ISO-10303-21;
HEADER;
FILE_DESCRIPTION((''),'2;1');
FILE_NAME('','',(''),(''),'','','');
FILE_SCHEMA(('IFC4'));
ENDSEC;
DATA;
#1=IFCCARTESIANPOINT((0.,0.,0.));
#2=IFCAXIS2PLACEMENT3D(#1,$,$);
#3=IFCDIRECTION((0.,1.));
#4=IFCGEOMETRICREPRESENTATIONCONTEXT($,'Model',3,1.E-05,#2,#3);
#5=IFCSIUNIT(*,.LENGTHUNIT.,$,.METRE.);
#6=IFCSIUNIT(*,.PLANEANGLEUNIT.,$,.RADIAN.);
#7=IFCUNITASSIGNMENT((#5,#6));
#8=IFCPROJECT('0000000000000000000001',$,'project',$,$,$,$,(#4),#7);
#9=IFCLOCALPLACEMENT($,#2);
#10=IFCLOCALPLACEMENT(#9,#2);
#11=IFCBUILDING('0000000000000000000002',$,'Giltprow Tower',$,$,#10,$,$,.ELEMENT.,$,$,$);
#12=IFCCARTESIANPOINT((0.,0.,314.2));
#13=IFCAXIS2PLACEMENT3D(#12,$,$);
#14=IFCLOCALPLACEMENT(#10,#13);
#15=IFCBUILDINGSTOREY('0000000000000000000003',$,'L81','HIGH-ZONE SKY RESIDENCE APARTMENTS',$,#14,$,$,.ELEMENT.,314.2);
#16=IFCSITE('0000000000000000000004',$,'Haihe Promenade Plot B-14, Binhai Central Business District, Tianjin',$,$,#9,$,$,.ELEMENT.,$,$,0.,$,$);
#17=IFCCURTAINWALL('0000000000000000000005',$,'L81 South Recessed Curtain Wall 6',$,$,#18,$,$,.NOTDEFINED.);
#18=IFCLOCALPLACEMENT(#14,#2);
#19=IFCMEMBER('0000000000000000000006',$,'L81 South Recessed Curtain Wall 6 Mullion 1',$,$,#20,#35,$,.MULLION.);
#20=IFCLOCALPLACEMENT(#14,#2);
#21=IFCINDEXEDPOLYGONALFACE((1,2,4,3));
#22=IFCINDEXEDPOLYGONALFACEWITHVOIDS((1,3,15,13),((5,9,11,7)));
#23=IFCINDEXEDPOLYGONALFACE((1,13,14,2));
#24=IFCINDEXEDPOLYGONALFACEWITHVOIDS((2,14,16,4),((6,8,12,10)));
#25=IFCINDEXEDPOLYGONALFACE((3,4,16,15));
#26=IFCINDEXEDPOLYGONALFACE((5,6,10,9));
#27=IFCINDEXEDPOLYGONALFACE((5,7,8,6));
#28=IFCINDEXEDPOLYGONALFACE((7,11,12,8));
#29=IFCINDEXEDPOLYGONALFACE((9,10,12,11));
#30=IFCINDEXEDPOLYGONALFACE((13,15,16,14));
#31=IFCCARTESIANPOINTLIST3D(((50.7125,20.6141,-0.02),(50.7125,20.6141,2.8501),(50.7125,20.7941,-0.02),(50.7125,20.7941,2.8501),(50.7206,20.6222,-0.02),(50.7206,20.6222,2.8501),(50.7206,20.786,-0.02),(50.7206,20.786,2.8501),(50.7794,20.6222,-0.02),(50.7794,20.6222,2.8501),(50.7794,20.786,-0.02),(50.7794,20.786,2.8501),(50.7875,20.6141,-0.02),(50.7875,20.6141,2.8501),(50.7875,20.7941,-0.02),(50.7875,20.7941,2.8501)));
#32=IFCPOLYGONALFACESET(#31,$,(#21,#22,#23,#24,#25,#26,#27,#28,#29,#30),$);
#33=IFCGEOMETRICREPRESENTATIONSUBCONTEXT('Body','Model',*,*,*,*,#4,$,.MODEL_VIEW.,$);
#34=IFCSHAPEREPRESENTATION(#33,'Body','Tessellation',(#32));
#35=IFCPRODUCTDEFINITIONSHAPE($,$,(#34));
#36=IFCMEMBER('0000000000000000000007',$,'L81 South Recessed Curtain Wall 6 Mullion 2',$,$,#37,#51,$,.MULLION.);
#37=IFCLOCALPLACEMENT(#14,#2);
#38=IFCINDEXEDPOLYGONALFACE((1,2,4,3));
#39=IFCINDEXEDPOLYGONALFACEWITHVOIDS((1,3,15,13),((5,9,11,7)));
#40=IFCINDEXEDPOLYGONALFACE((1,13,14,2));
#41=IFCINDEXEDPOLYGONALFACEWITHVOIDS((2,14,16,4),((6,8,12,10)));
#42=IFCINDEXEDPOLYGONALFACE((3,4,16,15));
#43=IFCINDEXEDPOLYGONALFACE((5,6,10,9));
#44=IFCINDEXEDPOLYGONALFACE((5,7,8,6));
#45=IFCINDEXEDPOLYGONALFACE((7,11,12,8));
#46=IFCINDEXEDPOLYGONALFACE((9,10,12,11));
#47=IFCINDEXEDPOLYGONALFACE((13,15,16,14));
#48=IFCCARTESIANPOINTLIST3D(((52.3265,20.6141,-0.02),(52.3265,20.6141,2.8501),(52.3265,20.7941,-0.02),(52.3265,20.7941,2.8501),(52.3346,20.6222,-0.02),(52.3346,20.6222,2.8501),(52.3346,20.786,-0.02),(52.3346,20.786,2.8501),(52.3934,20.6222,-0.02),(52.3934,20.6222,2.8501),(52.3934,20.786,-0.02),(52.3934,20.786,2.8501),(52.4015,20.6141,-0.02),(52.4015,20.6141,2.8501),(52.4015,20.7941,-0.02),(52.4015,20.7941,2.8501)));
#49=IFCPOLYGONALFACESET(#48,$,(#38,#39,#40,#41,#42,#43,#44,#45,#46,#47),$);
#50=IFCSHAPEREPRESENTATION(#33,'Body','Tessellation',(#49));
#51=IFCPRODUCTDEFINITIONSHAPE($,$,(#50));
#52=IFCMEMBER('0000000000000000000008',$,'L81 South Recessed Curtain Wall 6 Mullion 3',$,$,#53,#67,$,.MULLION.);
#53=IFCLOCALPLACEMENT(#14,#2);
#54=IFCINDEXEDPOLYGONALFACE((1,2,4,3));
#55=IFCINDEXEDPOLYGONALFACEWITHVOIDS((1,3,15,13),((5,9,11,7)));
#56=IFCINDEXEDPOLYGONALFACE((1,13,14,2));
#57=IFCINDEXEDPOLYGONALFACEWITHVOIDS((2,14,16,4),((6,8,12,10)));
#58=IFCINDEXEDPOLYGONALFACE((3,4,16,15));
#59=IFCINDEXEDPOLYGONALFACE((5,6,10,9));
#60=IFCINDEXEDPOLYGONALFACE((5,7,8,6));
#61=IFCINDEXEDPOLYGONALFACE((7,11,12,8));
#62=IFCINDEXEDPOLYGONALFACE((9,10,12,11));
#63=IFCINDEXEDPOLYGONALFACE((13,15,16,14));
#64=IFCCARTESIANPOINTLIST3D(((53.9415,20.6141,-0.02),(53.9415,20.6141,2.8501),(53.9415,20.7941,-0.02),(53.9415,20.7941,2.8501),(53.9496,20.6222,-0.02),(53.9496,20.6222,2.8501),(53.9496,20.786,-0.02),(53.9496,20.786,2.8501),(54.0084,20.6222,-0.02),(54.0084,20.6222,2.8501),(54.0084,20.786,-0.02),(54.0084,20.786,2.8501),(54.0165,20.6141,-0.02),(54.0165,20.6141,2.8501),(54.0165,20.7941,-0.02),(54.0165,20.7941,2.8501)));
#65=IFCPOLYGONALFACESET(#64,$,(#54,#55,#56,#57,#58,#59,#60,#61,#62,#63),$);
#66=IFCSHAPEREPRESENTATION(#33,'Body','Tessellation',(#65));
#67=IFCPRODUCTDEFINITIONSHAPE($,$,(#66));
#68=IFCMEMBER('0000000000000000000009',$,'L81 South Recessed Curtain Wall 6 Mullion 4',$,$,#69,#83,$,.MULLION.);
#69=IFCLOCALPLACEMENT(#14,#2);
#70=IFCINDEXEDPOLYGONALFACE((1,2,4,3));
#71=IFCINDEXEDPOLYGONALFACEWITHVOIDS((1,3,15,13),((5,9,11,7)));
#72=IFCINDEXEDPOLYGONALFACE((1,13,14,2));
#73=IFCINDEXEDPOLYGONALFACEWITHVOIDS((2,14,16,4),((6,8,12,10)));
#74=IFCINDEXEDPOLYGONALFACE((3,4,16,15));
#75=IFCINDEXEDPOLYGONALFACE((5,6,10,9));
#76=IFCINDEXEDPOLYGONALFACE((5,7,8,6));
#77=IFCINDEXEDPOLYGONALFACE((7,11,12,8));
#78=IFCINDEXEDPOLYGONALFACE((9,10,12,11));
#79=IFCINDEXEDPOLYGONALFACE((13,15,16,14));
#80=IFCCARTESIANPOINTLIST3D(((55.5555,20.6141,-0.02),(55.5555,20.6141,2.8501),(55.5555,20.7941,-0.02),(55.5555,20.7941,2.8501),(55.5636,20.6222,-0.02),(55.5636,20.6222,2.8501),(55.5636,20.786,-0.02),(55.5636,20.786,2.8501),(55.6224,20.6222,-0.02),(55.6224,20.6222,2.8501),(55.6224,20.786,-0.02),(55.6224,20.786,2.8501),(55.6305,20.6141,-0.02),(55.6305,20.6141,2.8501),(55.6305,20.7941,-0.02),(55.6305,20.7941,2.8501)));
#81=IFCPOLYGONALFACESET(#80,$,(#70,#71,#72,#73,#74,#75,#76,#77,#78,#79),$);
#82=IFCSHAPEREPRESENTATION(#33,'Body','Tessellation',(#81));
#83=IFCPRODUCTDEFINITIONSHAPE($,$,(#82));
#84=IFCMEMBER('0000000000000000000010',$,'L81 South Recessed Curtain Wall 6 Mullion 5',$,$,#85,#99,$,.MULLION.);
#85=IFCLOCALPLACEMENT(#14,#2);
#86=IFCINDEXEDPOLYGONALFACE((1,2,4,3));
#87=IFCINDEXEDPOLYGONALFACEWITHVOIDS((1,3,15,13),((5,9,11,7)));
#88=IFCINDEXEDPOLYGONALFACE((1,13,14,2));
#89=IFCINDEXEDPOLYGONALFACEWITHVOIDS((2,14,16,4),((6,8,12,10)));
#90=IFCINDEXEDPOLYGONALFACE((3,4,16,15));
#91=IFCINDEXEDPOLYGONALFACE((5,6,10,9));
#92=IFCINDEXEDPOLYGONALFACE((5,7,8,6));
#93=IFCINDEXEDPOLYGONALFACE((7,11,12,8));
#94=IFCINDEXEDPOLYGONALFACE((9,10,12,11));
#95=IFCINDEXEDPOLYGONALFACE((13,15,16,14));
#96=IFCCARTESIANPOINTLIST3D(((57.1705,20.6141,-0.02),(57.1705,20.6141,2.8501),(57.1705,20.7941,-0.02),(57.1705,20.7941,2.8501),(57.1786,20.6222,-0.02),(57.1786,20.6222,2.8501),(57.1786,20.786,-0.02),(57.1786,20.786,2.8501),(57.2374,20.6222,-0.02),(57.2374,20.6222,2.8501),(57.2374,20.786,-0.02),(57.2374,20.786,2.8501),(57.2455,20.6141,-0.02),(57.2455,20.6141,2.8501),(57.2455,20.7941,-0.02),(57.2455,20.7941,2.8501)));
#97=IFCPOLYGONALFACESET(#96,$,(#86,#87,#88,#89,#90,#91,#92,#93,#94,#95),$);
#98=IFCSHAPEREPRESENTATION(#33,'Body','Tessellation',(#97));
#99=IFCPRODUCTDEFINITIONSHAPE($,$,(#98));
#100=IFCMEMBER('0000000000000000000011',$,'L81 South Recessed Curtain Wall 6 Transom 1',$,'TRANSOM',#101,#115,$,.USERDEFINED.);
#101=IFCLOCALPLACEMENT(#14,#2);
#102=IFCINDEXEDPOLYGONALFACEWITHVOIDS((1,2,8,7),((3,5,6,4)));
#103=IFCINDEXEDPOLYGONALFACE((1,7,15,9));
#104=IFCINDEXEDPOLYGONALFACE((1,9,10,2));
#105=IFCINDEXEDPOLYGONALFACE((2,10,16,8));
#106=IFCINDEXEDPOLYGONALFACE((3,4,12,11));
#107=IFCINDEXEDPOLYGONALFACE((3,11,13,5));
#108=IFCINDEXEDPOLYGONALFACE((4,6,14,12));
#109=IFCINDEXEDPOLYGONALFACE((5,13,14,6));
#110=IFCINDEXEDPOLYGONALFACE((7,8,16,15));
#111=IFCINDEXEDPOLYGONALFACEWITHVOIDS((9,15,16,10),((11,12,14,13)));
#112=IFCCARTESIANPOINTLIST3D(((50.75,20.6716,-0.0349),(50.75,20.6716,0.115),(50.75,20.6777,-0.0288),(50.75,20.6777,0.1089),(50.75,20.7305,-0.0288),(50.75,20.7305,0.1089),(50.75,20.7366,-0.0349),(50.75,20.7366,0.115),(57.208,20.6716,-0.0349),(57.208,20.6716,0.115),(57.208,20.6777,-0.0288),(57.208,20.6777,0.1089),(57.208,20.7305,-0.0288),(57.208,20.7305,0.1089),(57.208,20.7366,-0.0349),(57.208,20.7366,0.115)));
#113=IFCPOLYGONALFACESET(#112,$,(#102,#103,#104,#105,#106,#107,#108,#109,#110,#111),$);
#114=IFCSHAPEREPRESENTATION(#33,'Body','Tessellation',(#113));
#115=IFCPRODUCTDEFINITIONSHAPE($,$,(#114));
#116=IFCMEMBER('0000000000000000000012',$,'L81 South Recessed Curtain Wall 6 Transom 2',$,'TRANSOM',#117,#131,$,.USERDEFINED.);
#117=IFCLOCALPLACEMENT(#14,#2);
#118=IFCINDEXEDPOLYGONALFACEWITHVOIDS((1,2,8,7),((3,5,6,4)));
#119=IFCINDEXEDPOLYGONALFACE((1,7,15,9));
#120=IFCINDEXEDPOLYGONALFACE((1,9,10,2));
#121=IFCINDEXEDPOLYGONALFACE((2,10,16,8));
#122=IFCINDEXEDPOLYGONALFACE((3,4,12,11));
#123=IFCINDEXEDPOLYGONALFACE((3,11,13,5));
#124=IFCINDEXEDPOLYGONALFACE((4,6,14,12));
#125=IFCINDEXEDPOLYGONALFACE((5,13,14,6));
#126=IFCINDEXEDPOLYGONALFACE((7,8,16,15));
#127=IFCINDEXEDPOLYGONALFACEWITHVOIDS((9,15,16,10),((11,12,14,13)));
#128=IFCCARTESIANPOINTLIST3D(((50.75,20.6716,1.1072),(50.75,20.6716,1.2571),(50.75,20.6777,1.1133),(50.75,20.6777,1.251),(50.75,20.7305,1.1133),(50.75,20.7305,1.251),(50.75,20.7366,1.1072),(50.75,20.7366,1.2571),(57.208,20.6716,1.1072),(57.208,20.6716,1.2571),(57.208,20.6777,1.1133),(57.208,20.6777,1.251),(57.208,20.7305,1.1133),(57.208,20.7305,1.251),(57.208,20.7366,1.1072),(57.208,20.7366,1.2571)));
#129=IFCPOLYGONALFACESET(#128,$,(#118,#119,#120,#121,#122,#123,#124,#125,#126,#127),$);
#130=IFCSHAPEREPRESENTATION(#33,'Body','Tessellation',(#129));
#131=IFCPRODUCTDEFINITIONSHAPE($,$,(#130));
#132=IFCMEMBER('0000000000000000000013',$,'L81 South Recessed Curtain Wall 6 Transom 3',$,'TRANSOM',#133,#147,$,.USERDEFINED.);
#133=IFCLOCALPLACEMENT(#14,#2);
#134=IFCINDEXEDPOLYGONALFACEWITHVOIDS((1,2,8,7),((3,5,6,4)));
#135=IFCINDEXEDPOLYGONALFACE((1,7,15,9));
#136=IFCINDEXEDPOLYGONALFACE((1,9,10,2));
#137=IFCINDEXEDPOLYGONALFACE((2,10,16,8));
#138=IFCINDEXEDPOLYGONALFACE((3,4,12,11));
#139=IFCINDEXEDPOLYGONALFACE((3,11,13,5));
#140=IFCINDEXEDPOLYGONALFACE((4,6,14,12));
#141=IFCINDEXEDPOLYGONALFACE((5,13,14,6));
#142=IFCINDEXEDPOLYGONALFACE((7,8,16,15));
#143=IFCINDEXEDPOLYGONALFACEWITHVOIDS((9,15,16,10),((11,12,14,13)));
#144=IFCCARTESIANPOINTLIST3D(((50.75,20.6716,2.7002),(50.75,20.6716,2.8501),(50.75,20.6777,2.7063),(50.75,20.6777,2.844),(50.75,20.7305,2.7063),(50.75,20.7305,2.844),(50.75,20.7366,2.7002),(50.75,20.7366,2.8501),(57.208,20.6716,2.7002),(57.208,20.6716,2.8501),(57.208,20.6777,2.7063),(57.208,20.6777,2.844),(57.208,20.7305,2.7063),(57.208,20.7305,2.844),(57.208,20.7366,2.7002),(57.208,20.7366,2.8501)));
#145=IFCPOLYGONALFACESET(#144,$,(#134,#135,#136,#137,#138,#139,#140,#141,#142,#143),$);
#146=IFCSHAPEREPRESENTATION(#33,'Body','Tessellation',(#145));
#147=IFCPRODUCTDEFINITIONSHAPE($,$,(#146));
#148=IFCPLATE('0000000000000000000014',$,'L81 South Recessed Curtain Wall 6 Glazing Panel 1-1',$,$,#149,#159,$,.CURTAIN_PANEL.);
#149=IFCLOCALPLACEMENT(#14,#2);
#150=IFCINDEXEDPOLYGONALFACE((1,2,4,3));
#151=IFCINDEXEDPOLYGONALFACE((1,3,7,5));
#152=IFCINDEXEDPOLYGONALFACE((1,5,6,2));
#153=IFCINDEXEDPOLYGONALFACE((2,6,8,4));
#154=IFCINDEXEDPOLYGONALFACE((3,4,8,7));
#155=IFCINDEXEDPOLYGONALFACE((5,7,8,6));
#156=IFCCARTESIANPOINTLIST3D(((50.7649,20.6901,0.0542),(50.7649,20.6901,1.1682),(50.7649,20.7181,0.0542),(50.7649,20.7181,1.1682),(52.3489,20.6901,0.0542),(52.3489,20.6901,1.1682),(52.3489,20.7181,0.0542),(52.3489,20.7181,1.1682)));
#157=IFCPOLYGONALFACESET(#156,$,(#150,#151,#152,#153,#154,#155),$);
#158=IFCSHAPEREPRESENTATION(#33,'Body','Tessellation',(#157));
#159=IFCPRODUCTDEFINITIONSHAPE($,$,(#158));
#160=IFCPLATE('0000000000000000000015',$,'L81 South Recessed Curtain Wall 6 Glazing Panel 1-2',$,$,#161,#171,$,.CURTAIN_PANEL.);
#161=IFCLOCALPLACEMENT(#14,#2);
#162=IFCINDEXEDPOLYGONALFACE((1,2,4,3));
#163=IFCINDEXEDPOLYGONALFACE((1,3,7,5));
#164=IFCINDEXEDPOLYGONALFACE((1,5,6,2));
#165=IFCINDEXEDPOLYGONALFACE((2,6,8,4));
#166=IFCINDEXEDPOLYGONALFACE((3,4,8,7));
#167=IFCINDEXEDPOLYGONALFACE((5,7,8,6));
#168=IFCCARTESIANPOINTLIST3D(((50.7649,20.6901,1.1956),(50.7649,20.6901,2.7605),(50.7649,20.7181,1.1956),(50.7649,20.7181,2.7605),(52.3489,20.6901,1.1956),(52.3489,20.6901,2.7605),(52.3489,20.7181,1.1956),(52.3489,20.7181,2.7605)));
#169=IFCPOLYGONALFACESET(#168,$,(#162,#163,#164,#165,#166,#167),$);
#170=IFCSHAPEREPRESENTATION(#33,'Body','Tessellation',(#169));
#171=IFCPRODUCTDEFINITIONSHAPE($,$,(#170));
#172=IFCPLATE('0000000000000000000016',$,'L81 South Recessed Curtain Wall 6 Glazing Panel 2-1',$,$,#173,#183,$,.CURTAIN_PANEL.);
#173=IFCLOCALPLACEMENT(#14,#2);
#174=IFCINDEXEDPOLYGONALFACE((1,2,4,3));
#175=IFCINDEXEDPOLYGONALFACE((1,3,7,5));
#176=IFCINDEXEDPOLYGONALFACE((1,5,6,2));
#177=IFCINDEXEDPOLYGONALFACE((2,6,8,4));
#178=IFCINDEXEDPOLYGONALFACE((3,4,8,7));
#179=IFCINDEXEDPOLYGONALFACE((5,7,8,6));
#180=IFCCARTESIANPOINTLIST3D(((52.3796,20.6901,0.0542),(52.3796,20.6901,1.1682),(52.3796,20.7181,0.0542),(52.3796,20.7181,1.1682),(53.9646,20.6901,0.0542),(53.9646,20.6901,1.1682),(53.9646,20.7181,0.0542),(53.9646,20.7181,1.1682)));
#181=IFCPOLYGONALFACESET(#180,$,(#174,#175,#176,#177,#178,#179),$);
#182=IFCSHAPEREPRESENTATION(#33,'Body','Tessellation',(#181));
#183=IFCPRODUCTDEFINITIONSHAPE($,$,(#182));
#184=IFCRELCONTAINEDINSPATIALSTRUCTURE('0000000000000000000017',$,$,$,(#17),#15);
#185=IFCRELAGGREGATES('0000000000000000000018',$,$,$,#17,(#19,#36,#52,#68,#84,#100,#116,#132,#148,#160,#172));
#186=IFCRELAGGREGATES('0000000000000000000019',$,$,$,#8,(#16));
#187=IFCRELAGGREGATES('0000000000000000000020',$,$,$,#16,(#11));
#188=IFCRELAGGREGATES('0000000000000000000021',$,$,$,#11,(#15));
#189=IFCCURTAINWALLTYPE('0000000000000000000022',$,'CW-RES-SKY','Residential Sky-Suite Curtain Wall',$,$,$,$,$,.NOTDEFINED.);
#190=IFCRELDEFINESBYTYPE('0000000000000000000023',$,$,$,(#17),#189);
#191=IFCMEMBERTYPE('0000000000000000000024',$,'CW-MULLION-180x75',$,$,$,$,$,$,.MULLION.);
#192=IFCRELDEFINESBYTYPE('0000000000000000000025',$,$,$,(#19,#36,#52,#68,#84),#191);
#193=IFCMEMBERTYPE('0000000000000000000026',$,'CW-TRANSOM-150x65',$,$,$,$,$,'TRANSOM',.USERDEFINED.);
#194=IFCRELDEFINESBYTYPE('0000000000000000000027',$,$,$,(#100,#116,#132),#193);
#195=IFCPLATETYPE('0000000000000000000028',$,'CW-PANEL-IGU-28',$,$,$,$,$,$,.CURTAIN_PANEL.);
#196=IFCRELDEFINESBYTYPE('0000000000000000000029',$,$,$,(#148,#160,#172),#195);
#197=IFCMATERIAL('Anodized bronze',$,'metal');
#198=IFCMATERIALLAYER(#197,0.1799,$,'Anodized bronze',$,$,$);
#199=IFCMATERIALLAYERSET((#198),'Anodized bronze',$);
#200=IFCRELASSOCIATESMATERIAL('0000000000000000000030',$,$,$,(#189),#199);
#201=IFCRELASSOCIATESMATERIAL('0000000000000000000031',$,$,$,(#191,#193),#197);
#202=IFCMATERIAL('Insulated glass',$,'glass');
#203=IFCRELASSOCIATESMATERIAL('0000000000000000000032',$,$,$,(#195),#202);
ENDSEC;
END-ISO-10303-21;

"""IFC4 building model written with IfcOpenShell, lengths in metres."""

from ifc_helpers import new_model, si_unit, direction, frame, origin, origin_2d, place, context, subcontext, project, spatial, rectangle, hollow_rectangle, extrude, source, transform, mapped, material, layer, layer_set, material_profile, profile_set, type_object, element, aggregate, save


model = new_model("IFC4")

# Units and contexts
model_context = context("Model", 3, precision=1e-05, world=origin(), true_north=direction((0.0, 1.0)))
body_context = subcontext(model_context, "Body", "Model", "MODEL_VIEW")
ifc_project = project(units=[si_unit("LENGTHUNIT", "METRE"), si_unit("PLANEANGLEUNIT", "RADIAN")], contexts=[model_context])

# Site, building, storey
site_placement = place(None, origin())
site = spatial("IfcSite", under=ifc_project, at=site_placement, Name="Haihe Promenade Plot B-14, Binhai Central Business District, Tianjin", CompositionType="ELEMENT", RefElevation=0.0)
building_placement = place(site_placement, origin())
building = spatial("IfcBuilding", under=site, at=building_placement, Name="Giltprow Tower", CompositionType="ELEMENT")
storey_placement = place(building_placement, frame((0.0, 0.0, 314.2)))
storey = spatial("IfcBuildingStorey", under=building, at=storey_placement, Name="L81", Description="HIGH-ZONE SKY RESIDENCE APARTMENTS", CompositionType="ELEMENT", Elevation=314.2)

# Curtain wall, members, plates
ifc_material_1 = material(Name="Anodized bronze", Category="metal")
ifc_layer_1 = layer(ifc_material_1, 0.1799, Name="Anodized bronze")
ifc_layer_set_1 = layer_set([ifc_layer_1], Name="Anodized bronze")
curtain_wall_type = type_object("IfcCurtainWallType", Name="CW-RES-SKY", Description="Residential Sky-Suite Curtain Wall", PredefinedType="NOTDEFINED", material=ifc_layer_set_1)
curtain_wall_placement = place(storey_placement, origin())
curtain_wall = element("IfcCurtainWall", 1, at=curtain_wall_placement, inside=storey, type_object=curtain_wall_type, Name="L81 South Recessed Curtain Wall 6", PredefinedType="NOTDEFINED")
ifc_material_profile_1 = material_profile(ifc_material_1, hollow_rectangle(XDim=0.075, YDim=0.1799, WallThickness=0.0081, at=origin_2d()), Name="RHS 180x75x8")
ifc_profile_set_1 = profile_set([ifc_material_profile_1], Name="Anodized bronze")
member_type_1 = type_object("IfcMemberType", Name="CW-MULLION-180x75", PredefinedType="MULLION", material=ifc_profile_set_1)
shared_shape_1 = source(origin(), body_context, "Body", "SweptSolid", [
    extrude(hollow_rectangle(XDim=0.075, YDim=0.1799, WallThickness=0.0081, at=origin_2d()), origin(), (0.0, 0.0, 1.0), 2.8701),
])
member_1_placement = place(storey_placement, frame((50.75, 20.7041, -0.02), z_axis=(0.0, 0.0, 1.0), x_axis=(1.0, 0.0, 0.0)))
member_1 = element("IfcMember", 2, at=member_1_placement, type_object=member_type_1, Name="L81 South Recessed Curtain Wall 6 Mullion 1", PredefinedType="MULLION", context=body_context, shape_type="MappedRepresentation", body=[
    mapped(shared_shape_1, transform((0.0, 0.0, 0.0), x_axis=(1.0, 0.0, 0.0), y_axis=(0.0, 1.0, 0.0), z_axis=(0.0, 0.0, 1.0), scale=1.0)),
])
member_2_placement = place(storey_placement, frame((52.364, 20.7041, -0.02), z_axis=(0.0, 0.0, 1.0), x_axis=(1.0, 0.0, 0.0)))
member_2 = element("IfcMember", 3, at=member_2_placement, type_object=member_type_1, Name="L81 South Recessed Curtain Wall 6 Mullion 2", PredefinedType="MULLION", context=body_context, shape_type="MappedRepresentation", body=[
    mapped(shared_shape_1, transform((0.0, 0.0, 0.0), x_axis=(1.0, 0.0, 0.0), y_axis=(0.0, 1.0, 0.0), z_axis=(0.0, 0.0, 1.0), scale=1.0)),
])
member_3_placement = place(storey_placement, frame((53.979, 20.7041, -0.02), z_axis=(0.0, 0.0, 1.0), x_axis=(1.0, 0.0, 0.0)))
member_3 = element("IfcMember", 4, at=member_3_placement, type_object=member_type_1, Name="L81 South Recessed Curtain Wall 6 Mullion 3", PredefinedType="MULLION", context=body_context, shape_type="MappedRepresentation", body=[
    mapped(shared_shape_1, transform((0.0, 0.0, 0.0), x_axis=(1.0, 0.0, 0.0), y_axis=(0.0, 1.0, 0.0), z_axis=(0.0, 0.0, 1.0), scale=1.0)),
])
member_4_placement = place(storey_placement, frame((55.593, 20.7041, -0.02), z_axis=(0.0, 0.0, 1.0), x_axis=(1.0, 0.0, 0.0)))
member_4 = element("IfcMember", 5, at=member_4_placement, type_object=member_type_1, Name="L81 South Recessed Curtain Wall 6 Mullion 4", PredefinedType="MULLION", context=body_context, shape_type="MappedRepresentation", body=[
    mapped(shared_shape_1, transform((0.0, 0.0, 0.0), x_axis=(1.0, 0.0, 0.0), y_axis=(0.0, 1.0, 0.0), z_axis=(0.0, 0.0, 1.0), scale=1.0)),
])
member_5_placement = place(storey_placement, frame((57.208, 20.7041, -0.02), z_axis=(0.0, 0.0, 1.0), x_axis=(1.0, 0.0, 0.0)))
member_5 = element("IfcMember", 6, at=member_5_placement, type_object=member_type_1, Name="L81 South Recessed Curtain Wall 6 Mullion 5", PredefinedType="MULLION", context=body_context, shape_type="MappedRepresentation", body=[
    mapped(shared_shape_1, transform((0.0, 0.0, 0.0), x_axis=(1.0, 0.0, 0.0), y_axis=(0.0, 1.0, 0.0), z_axis=(0.0, 0.0, 1.0), scale=1.0)),
])
ifc_material_profile_2 = material_profile(ifc_material_1, hollow_rectangle(XDim=0.0649, YDim=0.1499, WallThickness=0.0061, at=origin_2d()), Name="RHS 150x65x6")
ifc_profile_set_2 = profile_set([ifc_material_profile_2], Name="Anodized bronze")
member_type_2 = type_object("IfcMemberType", Name="CW-TRANSOM-150x65", ElementType="TRANSOM", PredefinedType="USERDEFINED", material=ifc_profile_set_2)
shared_shape_2 = source(origin(), body_context, "Body", "SweptSolid", [
    extrude(hollow_rectangle(XDim=0.0649, YDim=0.1499, WallThickness=0.0061, at=origin_2d()), origin(), (0.0, 0.0, 1.0), 6.458),
])
member_6_placement = place(storey_placement, frame((50.75, 20.7041, 0.04), z_axis=(1.0, 0.0, 0.0), x_axis=(0.0, 1.0, 0.0)))
member_6 = element("IfcMember", 7, at=member_6_placement, type_object=member_type_2, Name="L81 South Recessed Curtain Wall 6 Transom 1", ObjectType="TRANSOM", PredefinedType="USERDEFINED", context=body_context, shape_type="MappedRepresentation", body=[
    mapped(shared_shape_2, transform((0.0, 0.0, 0.0), x_axis=(1.0, 0.0, 0.0), y_axis=(0.0, 1.0, 0.0), z_axis=(0.0, 0.0, 1.0), scale=1.0)),
])
member_7_placement = place(storey_placement, frame((50.75, 20.7041, 1.1821), z_axis=(1.0, 0.0, 0.0), x_axis=(0.0, 1.0, 0.0)))
member_7 = element("IfcMember", 8, at=member_7_placement, type_object=member_type_2, Name="L81 South Recessed Curtain Wall 6 Transom 2", ObjectType="TRANSOM", PredefinedType="USERDEFINED", context=body_context, shape_type="MappedRepresentation", body=[
    mapped(shared_shape_2, transform((0.0, 0.0, 0.0), x_axis=(1.0, 0.0, 0.0), y_axis=(0.0, 1.0, 0.0), z_axis=(0.0, 0.0, 1.0), scale=1.0)),
])
member_8_placement = place(storey_placement, frame((50.75, 20.7041, 2.7751), z_axis=(1.0, 0.0, 0.0), x_axis=(0.0, 1.0, 0.0)))
member_8 = element("IfcMember", 9, at=member_8_placement, type_object=member_type_2, Name="L81 South Recessed Curtain Wall 6 Transom 3", ObjectType="TRANSOM", PredefinedType="USERDEFINED", context=body_context, shape_type="MappedRepresentation", body=[
    mapped(shared_shape_2, transform((0.0, 0.0, 0.0), x_axis=(1.0, 0.0, 0.0), y_axis=(0.0, 1.0, 0.0), z_axis=(0.0, 0.0, 1.0), scale=1.0)),
])
ifc_material_2 = material(Name="Insulated glass", Category="glass")
plate_type = type_object("IfcPlateType", Name="CW-PANEL-IGU-28", PredefinedType="CURTAIN_PANEL", material=ifc_material_2)
shared_shape_3 = source(origin(), body_context, "Body", "SweptSolid", [
    extrude(rectangle(XDim=1.584, YDim=0.0281, at=origin_2d()), origin(), (0.0, 0.0, 1.0), 1.114),
])
plate_1_placement = place(storey_placement, frame((51.5569, 20.7041, 0.0542), z_axis=(0.0, 0.0, 1.0), x_axis=(1.0, 0.0, 0.0)))
plate_1 = element("IfcPlate", 10, at=plate_1_placement, type_object=plate_type, Name="L81 South Recessed Curtain Wall 6 Glazing Panel 1-1", PredefinedType="CURTAIN_PANEL", context=body_context, shape_type="MappedRepresentation", body=[
    mapped(shared_shape_3, transform((0.0, 0.0, 0.0), x_axis=(1.0, 0.0, 0.0), y_axis=(0.0, 1.0, 0.0), z_axis=(0.0, 0.0, 1.0), scale=1.0)),
])
shared_shape_4 = source(origin(), body_context, "Body", "SweptSolid", [
    extrude(rectangle(XDim=1.584, YDim=0.0281, at=origin_2d()), origin(), (0.0, 0.0, 1.0), 1.5649),
])
plate_2_placement = place(storey_placement, frame((51.5569, 20.7041, 1.1956), z_axis=(0.0, 0.0, 1.0), x_axis=(1.0, 0.0, 0.0)))
plate_2 = element("IfcPlate", 11, at=plate_2_placement, type_object=plate_type, Name="L81 South Recessed Curtain Wall 6 Glazing Panel 1-2", PredefinedType="CURTAIN_PANEL", context=body_context, shape_type="MappedRepresentation", body=[
    mapped(shared_shape_4, transform((0.0, 0.0, 0.0), x_axis=(1.0, 0.0, 0.0), y_axis=(0.0, 1.0, 0.0), z_axis=(0.0, 0.0, 1.0), scale=1.0)),
])
shared_shape_5 = source(origin(), body_context, "Body", "SweptSolid", [
    extrude(rectangle(XDim=1.585, YDim=0.0281, at=origin_2d()), origin(), (0.0, 0.0, 1.0), 1.114),
])
plate_3_placement = place(storey_placement, frame((53.1721, 20.7041, 0.0542), z_axis=(0.0, 0.0, 1.0), x_axis=(1.0, 0.0, 0.0)))
plate_3 = element("IfcPlate", 12, at=plate_3_placement, type_object=plate_type, Name="L81 South Recessed Curtain Wall 6 Glazing Panel 2-1", PredefinedType="CURTAIN_PANEL", context=body_context, shape_type="MappedRepresentation", body=[
    mapped(shared_shape_5, transform((0.0, 0.0, 0.0), x_axis=(1.0, 0.0, 0.0), y_axis=(0.0, 1.0, 0.0), z_axis=(0.0, 0.0, 1.0), scale=1.0)),
])
aggregate(curtain_wall, [member_1, member_2, member_3, member_4, member_5, member_6, member_7, member_8, plate_1, plate_2, plate_3])

save(model, "model.ifc")
